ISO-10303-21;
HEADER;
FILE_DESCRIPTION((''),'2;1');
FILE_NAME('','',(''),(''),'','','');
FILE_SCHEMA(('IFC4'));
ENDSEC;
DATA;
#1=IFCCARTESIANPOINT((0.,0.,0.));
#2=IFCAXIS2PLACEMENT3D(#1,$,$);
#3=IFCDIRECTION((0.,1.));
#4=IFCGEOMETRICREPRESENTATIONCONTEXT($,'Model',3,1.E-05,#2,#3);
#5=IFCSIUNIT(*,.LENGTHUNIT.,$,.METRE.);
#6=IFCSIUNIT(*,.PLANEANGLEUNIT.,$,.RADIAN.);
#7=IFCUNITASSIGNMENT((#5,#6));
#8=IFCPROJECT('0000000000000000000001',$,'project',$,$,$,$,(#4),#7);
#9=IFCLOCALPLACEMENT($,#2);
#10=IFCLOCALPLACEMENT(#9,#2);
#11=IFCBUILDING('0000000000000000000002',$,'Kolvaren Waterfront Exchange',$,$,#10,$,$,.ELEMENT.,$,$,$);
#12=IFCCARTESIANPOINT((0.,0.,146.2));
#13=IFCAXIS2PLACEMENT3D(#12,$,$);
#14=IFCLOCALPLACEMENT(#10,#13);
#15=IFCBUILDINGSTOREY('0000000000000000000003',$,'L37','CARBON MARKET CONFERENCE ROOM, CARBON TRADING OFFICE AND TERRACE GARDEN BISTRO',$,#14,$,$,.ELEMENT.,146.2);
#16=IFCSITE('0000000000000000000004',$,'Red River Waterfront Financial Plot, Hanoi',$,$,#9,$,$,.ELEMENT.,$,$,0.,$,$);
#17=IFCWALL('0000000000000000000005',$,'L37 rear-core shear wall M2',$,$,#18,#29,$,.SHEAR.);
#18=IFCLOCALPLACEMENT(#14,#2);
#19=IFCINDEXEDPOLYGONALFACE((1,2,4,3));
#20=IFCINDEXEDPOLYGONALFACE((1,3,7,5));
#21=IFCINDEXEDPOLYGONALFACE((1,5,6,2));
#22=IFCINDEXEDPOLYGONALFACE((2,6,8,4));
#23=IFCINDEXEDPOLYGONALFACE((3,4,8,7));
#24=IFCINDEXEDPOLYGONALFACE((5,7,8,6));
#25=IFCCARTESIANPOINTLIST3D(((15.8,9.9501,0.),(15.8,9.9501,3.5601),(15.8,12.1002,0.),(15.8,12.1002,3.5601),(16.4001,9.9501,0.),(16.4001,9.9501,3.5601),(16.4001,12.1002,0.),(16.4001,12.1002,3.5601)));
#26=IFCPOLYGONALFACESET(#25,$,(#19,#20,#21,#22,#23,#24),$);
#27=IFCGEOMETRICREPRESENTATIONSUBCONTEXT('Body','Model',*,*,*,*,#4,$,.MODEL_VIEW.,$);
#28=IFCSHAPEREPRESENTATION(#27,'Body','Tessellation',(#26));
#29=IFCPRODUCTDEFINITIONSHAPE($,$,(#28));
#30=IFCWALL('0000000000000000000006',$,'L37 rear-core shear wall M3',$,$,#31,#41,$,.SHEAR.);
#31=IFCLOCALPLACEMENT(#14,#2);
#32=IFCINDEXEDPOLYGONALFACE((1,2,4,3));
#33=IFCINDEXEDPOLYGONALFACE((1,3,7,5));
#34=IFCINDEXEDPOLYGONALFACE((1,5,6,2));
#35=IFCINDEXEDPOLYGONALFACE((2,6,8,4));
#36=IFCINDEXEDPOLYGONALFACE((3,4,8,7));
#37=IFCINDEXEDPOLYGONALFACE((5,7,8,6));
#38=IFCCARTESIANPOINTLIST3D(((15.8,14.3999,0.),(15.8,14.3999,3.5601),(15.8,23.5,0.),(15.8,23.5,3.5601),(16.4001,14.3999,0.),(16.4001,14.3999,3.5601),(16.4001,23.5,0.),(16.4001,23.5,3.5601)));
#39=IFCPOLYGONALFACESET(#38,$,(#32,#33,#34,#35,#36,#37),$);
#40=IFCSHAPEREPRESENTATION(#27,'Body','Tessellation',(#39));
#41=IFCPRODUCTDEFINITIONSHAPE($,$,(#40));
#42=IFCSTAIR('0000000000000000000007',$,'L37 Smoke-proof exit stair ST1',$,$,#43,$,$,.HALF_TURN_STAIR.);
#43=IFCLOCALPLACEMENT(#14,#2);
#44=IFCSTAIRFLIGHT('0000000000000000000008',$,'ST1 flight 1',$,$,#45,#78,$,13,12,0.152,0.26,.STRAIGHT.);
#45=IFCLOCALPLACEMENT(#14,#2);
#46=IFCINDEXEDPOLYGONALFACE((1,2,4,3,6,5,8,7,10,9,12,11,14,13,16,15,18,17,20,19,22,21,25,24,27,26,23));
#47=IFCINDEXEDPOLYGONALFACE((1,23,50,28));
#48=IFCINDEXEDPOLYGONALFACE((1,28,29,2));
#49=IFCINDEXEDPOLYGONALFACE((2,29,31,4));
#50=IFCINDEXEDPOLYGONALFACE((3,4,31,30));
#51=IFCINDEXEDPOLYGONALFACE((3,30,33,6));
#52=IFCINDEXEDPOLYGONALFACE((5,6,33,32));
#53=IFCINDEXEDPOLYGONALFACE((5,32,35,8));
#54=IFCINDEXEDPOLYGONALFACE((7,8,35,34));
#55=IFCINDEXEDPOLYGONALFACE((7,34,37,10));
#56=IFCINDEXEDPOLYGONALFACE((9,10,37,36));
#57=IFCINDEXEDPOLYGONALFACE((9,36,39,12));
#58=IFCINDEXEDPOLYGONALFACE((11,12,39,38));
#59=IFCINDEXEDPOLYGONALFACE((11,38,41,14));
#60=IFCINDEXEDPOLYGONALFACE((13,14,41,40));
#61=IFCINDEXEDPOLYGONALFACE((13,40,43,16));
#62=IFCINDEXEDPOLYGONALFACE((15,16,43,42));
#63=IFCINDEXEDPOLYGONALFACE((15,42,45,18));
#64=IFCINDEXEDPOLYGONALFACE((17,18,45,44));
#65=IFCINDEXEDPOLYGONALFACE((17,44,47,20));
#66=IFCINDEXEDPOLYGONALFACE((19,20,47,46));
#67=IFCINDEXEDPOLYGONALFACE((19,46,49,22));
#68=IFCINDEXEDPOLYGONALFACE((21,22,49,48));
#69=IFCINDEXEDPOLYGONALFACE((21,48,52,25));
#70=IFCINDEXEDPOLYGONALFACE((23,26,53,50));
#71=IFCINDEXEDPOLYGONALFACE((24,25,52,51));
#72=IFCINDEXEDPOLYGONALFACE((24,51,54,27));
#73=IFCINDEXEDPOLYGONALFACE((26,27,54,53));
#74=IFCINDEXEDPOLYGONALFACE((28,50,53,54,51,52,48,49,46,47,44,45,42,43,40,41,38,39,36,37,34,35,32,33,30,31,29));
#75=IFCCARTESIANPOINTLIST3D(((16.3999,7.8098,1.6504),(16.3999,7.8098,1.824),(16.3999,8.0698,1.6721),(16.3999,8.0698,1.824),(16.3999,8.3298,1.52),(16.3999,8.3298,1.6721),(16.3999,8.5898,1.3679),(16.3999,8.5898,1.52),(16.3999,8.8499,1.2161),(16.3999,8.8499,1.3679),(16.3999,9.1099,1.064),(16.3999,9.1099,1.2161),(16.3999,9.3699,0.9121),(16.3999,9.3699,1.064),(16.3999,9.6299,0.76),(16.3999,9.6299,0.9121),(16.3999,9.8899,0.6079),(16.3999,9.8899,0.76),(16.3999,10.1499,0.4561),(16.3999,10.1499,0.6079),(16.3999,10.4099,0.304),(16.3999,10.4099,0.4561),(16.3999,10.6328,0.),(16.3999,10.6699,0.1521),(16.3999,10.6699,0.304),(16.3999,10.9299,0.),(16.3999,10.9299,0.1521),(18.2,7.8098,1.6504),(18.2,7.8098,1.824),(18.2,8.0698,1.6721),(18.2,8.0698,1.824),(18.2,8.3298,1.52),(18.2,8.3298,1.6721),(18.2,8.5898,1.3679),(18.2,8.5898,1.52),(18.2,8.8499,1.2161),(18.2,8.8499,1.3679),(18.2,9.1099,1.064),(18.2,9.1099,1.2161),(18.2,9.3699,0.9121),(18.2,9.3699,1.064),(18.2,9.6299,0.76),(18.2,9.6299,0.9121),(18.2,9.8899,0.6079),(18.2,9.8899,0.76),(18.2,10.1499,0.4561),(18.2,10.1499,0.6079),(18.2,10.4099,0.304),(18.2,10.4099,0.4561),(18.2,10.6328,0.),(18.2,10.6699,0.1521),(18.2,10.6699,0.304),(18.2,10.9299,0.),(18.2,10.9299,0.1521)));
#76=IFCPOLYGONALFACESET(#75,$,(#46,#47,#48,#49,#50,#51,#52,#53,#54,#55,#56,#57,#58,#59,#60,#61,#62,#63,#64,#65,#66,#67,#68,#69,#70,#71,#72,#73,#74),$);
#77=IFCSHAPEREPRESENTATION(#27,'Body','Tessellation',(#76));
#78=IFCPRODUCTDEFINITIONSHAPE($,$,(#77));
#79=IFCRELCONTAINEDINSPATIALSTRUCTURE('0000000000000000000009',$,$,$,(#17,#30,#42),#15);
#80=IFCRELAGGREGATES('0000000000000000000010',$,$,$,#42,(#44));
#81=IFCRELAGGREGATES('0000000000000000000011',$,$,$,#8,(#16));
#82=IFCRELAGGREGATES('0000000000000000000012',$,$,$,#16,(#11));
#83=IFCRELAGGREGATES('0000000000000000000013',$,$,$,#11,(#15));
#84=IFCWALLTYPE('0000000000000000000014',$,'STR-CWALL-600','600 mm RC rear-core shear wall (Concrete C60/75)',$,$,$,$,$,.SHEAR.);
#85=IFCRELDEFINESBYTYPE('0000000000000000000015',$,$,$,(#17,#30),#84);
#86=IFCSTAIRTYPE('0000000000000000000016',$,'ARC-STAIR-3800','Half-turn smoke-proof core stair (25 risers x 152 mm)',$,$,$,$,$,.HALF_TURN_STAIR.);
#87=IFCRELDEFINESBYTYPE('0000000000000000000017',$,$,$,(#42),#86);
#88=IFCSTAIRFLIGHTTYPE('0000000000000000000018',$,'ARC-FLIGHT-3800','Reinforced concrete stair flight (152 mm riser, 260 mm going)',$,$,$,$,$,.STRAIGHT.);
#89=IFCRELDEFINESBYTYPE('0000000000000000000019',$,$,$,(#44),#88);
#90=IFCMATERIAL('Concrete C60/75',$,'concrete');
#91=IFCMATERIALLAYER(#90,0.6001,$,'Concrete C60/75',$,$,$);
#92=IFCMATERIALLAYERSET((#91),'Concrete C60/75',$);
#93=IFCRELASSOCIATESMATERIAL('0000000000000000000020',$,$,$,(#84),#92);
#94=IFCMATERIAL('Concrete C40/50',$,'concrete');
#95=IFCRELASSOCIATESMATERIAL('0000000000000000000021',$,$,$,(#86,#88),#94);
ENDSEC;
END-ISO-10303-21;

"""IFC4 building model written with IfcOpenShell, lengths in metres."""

from ifc_helpers import new_model, si_unit, direction, frame, frame_2d, origin, place, context, subcontext, project, spatial, polyline, rectangle, outline, extrude, material, layer, layer_set, type_object, element, aggregate, save


model = new_model("IFC4")

# Units and contexts
model_context = context("Model", 3, precision=1e-05, world=origin(), true_north=direction((0.0, 1.0)))
body_context = subcontext(model_context, "Body", "Model", "MODEL_VIEW")
ifc_project = project(units=[si_unit("LENGTHUNIT", "METRE"), si_unit("PLANEANGLEUNIT", "RADIAN")], contexts=[model_context])

# Site, building, storey
site_placement = place(None, origin())
site = spatial("IfcSite", under=ifc_project, at=site_placement, Name="Red River Waterfront Financial Plot, Hanoi", CompositionType="ELEMENT", RefElevation=0.0)
building_placement = place(site_placement, origin())
building = spatial("IfcBuilding", under=site, at=building_placement, Name="Kolvaren Waterfront Exchange", CompositionType="ELEMENT")
storey_placement = place(building_placement, frame((0.0, 0.0, 146.2)))
storey = spatial("IfcBuildingStorey", under=building, at=storey_placement, Name="L37", Description="CARBON MARKET CONFERENCE ROOM, CARBON TRADING OFFICE AND TERRACE GARDEN BISTRO", CompositionType="ELEMENT", Elevation=146.2)

# Shared definitions
ifc_material_1 = material(Name="Concrete C60/75", Category="concrete")

# Walls
ifc_material_2 = material(Name="Concrete C40/50", Category="concrete")
ifc_layer_1 = layer(ifc_material_1, 0.6001, Name="Concrete C60/75")
ifc_layer_set_1 = layer_set([ifc_layer_1], Name="Concrete C60/75")
wall_type_1 = type_object("IfcWallType", Name="STR-CWALL-600", Description="600 mm RC rear-core shear wall (Concrete C60/75)", PredefinedType="SHEAR", material=ifc_layer_set_1)
wall_1_placement = place(storey_placement, frame((16.1001, 9.95, 0.0), z_axis=(0.0, 0.0, 1.0), x_axis=(0.0, 1.0, 0.0)))
element("IfcWall", 1, at=wall_1_placement, inside=storey, type_object=wall_type_1, Name="L37 rear-core shear wall M2", PredefinedType="SHEAR", context=body_context, shape_type="SweptSolid", body=[
    extrude(rectangle(XDim=2.1501, YDim=0.6001, at=frame_2d((1.0752, 0.0))), origin(), (0.0, 0.0, 1.0), 3.5601),
])
wall_2_placement = place(storey_placement, frame((16.1001, 14.3999, 0.0), z_axis=(0.0, 0.0, 1.0), x_axis=(0.0, 1.0, 0.0)))
element("IfcWall", 2, at=wall_2_placement, inside=storey, type_object=wall_type_1, Name="L37 rear-core shear wall M3", PredefinedType="SHEAR", context=body_context, shape_type="SweptSolid", body=[
    extrude(rectangle(XDim=9.1001, YDim=0.6001, at=frame_2d((4.55, 0.0))), origin(), (0.0, 0.0, 1.0), 3.5601),
])

# Stair, stair flight
stair_type = type_object("IfcStairType", Name="ARC-STAIR-3800", Description="Half-turn smoke-proof core stair (25 risers x 152 mm)", PredefinedType="HALF_TURN_STAIR", material=ifc_material_2)
stair_placement = place(storey_placement, origin())
stair = element("IfcStair", 3, at=stair_placement, inside=storey, type_object=stair_type, Name="L37 Smoke-proof exit stair ST1", PredefinedType="HALF_TURN_STAIR")
stair_flight_type = type_object("IfcStairFlightType", Name="ARC-FLIGHT-3800", Description="Reinforced concrete stair flight (152 mm riser, 260 mm going)", PredefinedType="STRAIGHT", material=ifc_material_2)
stair_flight_placement = place(storey_placement, frame((17.3, 10.9299, 0.0), z_axis=(0.0, 0.0, 1.0), x_axis=(0.0, -1.0, 0.0)))
stair_flight = element("IfcStairFlight", 4, at=stair_flight_placement, type_object=stair_flight_type, Name="ST1 flight 1", NumberOfRisers=13, NumberOfTreads=12, PredefinedType="STRAIGHT", RiserHeight=0.152, TreadLength=0.26, context=body_context, shape_type="SweptSolid", body=[
    extrude(outline(polyline([(0.0, 0.0), (0.0, 0.1521), (0.26, 0.1521), (0.26, 0.304), (0.52, 0.304), (0.52, 0.4561), (0.78, 0.4561), (0.78, 0.6079), (1.04, 0.6079), (1.04, 0.76), (1.3, 0.76), (1.3, 0.9121), (1.5601, 0.9121), (1.5601, 1.064), (1.8201, 1.064), (1.8201, 1.2161), (2.0801, 1.2161), (2.0801, 1.3679), (2.3401, 1.3679), (2.3401, 1.52), (2.6001, 1.52), (2.6001, 1.6721), (2.8601, 1.6721), (2.8601, 1.824), (3.1201, 1.824), (3.1201, 1.9761), (3.1201, 1.6504), (0.2971, 0.0), (0.0, 0.0)])), frame((0.0, 0.8999, 0.0), z_axis=(0.0, -1.0, 0.0), x_axis=(1.0, 0.0, 0.0)), (0.0, 0.0, 1.0), 1.8),
])
aggregate(stair, [stair_flight])

save(model, "model.ifc")
